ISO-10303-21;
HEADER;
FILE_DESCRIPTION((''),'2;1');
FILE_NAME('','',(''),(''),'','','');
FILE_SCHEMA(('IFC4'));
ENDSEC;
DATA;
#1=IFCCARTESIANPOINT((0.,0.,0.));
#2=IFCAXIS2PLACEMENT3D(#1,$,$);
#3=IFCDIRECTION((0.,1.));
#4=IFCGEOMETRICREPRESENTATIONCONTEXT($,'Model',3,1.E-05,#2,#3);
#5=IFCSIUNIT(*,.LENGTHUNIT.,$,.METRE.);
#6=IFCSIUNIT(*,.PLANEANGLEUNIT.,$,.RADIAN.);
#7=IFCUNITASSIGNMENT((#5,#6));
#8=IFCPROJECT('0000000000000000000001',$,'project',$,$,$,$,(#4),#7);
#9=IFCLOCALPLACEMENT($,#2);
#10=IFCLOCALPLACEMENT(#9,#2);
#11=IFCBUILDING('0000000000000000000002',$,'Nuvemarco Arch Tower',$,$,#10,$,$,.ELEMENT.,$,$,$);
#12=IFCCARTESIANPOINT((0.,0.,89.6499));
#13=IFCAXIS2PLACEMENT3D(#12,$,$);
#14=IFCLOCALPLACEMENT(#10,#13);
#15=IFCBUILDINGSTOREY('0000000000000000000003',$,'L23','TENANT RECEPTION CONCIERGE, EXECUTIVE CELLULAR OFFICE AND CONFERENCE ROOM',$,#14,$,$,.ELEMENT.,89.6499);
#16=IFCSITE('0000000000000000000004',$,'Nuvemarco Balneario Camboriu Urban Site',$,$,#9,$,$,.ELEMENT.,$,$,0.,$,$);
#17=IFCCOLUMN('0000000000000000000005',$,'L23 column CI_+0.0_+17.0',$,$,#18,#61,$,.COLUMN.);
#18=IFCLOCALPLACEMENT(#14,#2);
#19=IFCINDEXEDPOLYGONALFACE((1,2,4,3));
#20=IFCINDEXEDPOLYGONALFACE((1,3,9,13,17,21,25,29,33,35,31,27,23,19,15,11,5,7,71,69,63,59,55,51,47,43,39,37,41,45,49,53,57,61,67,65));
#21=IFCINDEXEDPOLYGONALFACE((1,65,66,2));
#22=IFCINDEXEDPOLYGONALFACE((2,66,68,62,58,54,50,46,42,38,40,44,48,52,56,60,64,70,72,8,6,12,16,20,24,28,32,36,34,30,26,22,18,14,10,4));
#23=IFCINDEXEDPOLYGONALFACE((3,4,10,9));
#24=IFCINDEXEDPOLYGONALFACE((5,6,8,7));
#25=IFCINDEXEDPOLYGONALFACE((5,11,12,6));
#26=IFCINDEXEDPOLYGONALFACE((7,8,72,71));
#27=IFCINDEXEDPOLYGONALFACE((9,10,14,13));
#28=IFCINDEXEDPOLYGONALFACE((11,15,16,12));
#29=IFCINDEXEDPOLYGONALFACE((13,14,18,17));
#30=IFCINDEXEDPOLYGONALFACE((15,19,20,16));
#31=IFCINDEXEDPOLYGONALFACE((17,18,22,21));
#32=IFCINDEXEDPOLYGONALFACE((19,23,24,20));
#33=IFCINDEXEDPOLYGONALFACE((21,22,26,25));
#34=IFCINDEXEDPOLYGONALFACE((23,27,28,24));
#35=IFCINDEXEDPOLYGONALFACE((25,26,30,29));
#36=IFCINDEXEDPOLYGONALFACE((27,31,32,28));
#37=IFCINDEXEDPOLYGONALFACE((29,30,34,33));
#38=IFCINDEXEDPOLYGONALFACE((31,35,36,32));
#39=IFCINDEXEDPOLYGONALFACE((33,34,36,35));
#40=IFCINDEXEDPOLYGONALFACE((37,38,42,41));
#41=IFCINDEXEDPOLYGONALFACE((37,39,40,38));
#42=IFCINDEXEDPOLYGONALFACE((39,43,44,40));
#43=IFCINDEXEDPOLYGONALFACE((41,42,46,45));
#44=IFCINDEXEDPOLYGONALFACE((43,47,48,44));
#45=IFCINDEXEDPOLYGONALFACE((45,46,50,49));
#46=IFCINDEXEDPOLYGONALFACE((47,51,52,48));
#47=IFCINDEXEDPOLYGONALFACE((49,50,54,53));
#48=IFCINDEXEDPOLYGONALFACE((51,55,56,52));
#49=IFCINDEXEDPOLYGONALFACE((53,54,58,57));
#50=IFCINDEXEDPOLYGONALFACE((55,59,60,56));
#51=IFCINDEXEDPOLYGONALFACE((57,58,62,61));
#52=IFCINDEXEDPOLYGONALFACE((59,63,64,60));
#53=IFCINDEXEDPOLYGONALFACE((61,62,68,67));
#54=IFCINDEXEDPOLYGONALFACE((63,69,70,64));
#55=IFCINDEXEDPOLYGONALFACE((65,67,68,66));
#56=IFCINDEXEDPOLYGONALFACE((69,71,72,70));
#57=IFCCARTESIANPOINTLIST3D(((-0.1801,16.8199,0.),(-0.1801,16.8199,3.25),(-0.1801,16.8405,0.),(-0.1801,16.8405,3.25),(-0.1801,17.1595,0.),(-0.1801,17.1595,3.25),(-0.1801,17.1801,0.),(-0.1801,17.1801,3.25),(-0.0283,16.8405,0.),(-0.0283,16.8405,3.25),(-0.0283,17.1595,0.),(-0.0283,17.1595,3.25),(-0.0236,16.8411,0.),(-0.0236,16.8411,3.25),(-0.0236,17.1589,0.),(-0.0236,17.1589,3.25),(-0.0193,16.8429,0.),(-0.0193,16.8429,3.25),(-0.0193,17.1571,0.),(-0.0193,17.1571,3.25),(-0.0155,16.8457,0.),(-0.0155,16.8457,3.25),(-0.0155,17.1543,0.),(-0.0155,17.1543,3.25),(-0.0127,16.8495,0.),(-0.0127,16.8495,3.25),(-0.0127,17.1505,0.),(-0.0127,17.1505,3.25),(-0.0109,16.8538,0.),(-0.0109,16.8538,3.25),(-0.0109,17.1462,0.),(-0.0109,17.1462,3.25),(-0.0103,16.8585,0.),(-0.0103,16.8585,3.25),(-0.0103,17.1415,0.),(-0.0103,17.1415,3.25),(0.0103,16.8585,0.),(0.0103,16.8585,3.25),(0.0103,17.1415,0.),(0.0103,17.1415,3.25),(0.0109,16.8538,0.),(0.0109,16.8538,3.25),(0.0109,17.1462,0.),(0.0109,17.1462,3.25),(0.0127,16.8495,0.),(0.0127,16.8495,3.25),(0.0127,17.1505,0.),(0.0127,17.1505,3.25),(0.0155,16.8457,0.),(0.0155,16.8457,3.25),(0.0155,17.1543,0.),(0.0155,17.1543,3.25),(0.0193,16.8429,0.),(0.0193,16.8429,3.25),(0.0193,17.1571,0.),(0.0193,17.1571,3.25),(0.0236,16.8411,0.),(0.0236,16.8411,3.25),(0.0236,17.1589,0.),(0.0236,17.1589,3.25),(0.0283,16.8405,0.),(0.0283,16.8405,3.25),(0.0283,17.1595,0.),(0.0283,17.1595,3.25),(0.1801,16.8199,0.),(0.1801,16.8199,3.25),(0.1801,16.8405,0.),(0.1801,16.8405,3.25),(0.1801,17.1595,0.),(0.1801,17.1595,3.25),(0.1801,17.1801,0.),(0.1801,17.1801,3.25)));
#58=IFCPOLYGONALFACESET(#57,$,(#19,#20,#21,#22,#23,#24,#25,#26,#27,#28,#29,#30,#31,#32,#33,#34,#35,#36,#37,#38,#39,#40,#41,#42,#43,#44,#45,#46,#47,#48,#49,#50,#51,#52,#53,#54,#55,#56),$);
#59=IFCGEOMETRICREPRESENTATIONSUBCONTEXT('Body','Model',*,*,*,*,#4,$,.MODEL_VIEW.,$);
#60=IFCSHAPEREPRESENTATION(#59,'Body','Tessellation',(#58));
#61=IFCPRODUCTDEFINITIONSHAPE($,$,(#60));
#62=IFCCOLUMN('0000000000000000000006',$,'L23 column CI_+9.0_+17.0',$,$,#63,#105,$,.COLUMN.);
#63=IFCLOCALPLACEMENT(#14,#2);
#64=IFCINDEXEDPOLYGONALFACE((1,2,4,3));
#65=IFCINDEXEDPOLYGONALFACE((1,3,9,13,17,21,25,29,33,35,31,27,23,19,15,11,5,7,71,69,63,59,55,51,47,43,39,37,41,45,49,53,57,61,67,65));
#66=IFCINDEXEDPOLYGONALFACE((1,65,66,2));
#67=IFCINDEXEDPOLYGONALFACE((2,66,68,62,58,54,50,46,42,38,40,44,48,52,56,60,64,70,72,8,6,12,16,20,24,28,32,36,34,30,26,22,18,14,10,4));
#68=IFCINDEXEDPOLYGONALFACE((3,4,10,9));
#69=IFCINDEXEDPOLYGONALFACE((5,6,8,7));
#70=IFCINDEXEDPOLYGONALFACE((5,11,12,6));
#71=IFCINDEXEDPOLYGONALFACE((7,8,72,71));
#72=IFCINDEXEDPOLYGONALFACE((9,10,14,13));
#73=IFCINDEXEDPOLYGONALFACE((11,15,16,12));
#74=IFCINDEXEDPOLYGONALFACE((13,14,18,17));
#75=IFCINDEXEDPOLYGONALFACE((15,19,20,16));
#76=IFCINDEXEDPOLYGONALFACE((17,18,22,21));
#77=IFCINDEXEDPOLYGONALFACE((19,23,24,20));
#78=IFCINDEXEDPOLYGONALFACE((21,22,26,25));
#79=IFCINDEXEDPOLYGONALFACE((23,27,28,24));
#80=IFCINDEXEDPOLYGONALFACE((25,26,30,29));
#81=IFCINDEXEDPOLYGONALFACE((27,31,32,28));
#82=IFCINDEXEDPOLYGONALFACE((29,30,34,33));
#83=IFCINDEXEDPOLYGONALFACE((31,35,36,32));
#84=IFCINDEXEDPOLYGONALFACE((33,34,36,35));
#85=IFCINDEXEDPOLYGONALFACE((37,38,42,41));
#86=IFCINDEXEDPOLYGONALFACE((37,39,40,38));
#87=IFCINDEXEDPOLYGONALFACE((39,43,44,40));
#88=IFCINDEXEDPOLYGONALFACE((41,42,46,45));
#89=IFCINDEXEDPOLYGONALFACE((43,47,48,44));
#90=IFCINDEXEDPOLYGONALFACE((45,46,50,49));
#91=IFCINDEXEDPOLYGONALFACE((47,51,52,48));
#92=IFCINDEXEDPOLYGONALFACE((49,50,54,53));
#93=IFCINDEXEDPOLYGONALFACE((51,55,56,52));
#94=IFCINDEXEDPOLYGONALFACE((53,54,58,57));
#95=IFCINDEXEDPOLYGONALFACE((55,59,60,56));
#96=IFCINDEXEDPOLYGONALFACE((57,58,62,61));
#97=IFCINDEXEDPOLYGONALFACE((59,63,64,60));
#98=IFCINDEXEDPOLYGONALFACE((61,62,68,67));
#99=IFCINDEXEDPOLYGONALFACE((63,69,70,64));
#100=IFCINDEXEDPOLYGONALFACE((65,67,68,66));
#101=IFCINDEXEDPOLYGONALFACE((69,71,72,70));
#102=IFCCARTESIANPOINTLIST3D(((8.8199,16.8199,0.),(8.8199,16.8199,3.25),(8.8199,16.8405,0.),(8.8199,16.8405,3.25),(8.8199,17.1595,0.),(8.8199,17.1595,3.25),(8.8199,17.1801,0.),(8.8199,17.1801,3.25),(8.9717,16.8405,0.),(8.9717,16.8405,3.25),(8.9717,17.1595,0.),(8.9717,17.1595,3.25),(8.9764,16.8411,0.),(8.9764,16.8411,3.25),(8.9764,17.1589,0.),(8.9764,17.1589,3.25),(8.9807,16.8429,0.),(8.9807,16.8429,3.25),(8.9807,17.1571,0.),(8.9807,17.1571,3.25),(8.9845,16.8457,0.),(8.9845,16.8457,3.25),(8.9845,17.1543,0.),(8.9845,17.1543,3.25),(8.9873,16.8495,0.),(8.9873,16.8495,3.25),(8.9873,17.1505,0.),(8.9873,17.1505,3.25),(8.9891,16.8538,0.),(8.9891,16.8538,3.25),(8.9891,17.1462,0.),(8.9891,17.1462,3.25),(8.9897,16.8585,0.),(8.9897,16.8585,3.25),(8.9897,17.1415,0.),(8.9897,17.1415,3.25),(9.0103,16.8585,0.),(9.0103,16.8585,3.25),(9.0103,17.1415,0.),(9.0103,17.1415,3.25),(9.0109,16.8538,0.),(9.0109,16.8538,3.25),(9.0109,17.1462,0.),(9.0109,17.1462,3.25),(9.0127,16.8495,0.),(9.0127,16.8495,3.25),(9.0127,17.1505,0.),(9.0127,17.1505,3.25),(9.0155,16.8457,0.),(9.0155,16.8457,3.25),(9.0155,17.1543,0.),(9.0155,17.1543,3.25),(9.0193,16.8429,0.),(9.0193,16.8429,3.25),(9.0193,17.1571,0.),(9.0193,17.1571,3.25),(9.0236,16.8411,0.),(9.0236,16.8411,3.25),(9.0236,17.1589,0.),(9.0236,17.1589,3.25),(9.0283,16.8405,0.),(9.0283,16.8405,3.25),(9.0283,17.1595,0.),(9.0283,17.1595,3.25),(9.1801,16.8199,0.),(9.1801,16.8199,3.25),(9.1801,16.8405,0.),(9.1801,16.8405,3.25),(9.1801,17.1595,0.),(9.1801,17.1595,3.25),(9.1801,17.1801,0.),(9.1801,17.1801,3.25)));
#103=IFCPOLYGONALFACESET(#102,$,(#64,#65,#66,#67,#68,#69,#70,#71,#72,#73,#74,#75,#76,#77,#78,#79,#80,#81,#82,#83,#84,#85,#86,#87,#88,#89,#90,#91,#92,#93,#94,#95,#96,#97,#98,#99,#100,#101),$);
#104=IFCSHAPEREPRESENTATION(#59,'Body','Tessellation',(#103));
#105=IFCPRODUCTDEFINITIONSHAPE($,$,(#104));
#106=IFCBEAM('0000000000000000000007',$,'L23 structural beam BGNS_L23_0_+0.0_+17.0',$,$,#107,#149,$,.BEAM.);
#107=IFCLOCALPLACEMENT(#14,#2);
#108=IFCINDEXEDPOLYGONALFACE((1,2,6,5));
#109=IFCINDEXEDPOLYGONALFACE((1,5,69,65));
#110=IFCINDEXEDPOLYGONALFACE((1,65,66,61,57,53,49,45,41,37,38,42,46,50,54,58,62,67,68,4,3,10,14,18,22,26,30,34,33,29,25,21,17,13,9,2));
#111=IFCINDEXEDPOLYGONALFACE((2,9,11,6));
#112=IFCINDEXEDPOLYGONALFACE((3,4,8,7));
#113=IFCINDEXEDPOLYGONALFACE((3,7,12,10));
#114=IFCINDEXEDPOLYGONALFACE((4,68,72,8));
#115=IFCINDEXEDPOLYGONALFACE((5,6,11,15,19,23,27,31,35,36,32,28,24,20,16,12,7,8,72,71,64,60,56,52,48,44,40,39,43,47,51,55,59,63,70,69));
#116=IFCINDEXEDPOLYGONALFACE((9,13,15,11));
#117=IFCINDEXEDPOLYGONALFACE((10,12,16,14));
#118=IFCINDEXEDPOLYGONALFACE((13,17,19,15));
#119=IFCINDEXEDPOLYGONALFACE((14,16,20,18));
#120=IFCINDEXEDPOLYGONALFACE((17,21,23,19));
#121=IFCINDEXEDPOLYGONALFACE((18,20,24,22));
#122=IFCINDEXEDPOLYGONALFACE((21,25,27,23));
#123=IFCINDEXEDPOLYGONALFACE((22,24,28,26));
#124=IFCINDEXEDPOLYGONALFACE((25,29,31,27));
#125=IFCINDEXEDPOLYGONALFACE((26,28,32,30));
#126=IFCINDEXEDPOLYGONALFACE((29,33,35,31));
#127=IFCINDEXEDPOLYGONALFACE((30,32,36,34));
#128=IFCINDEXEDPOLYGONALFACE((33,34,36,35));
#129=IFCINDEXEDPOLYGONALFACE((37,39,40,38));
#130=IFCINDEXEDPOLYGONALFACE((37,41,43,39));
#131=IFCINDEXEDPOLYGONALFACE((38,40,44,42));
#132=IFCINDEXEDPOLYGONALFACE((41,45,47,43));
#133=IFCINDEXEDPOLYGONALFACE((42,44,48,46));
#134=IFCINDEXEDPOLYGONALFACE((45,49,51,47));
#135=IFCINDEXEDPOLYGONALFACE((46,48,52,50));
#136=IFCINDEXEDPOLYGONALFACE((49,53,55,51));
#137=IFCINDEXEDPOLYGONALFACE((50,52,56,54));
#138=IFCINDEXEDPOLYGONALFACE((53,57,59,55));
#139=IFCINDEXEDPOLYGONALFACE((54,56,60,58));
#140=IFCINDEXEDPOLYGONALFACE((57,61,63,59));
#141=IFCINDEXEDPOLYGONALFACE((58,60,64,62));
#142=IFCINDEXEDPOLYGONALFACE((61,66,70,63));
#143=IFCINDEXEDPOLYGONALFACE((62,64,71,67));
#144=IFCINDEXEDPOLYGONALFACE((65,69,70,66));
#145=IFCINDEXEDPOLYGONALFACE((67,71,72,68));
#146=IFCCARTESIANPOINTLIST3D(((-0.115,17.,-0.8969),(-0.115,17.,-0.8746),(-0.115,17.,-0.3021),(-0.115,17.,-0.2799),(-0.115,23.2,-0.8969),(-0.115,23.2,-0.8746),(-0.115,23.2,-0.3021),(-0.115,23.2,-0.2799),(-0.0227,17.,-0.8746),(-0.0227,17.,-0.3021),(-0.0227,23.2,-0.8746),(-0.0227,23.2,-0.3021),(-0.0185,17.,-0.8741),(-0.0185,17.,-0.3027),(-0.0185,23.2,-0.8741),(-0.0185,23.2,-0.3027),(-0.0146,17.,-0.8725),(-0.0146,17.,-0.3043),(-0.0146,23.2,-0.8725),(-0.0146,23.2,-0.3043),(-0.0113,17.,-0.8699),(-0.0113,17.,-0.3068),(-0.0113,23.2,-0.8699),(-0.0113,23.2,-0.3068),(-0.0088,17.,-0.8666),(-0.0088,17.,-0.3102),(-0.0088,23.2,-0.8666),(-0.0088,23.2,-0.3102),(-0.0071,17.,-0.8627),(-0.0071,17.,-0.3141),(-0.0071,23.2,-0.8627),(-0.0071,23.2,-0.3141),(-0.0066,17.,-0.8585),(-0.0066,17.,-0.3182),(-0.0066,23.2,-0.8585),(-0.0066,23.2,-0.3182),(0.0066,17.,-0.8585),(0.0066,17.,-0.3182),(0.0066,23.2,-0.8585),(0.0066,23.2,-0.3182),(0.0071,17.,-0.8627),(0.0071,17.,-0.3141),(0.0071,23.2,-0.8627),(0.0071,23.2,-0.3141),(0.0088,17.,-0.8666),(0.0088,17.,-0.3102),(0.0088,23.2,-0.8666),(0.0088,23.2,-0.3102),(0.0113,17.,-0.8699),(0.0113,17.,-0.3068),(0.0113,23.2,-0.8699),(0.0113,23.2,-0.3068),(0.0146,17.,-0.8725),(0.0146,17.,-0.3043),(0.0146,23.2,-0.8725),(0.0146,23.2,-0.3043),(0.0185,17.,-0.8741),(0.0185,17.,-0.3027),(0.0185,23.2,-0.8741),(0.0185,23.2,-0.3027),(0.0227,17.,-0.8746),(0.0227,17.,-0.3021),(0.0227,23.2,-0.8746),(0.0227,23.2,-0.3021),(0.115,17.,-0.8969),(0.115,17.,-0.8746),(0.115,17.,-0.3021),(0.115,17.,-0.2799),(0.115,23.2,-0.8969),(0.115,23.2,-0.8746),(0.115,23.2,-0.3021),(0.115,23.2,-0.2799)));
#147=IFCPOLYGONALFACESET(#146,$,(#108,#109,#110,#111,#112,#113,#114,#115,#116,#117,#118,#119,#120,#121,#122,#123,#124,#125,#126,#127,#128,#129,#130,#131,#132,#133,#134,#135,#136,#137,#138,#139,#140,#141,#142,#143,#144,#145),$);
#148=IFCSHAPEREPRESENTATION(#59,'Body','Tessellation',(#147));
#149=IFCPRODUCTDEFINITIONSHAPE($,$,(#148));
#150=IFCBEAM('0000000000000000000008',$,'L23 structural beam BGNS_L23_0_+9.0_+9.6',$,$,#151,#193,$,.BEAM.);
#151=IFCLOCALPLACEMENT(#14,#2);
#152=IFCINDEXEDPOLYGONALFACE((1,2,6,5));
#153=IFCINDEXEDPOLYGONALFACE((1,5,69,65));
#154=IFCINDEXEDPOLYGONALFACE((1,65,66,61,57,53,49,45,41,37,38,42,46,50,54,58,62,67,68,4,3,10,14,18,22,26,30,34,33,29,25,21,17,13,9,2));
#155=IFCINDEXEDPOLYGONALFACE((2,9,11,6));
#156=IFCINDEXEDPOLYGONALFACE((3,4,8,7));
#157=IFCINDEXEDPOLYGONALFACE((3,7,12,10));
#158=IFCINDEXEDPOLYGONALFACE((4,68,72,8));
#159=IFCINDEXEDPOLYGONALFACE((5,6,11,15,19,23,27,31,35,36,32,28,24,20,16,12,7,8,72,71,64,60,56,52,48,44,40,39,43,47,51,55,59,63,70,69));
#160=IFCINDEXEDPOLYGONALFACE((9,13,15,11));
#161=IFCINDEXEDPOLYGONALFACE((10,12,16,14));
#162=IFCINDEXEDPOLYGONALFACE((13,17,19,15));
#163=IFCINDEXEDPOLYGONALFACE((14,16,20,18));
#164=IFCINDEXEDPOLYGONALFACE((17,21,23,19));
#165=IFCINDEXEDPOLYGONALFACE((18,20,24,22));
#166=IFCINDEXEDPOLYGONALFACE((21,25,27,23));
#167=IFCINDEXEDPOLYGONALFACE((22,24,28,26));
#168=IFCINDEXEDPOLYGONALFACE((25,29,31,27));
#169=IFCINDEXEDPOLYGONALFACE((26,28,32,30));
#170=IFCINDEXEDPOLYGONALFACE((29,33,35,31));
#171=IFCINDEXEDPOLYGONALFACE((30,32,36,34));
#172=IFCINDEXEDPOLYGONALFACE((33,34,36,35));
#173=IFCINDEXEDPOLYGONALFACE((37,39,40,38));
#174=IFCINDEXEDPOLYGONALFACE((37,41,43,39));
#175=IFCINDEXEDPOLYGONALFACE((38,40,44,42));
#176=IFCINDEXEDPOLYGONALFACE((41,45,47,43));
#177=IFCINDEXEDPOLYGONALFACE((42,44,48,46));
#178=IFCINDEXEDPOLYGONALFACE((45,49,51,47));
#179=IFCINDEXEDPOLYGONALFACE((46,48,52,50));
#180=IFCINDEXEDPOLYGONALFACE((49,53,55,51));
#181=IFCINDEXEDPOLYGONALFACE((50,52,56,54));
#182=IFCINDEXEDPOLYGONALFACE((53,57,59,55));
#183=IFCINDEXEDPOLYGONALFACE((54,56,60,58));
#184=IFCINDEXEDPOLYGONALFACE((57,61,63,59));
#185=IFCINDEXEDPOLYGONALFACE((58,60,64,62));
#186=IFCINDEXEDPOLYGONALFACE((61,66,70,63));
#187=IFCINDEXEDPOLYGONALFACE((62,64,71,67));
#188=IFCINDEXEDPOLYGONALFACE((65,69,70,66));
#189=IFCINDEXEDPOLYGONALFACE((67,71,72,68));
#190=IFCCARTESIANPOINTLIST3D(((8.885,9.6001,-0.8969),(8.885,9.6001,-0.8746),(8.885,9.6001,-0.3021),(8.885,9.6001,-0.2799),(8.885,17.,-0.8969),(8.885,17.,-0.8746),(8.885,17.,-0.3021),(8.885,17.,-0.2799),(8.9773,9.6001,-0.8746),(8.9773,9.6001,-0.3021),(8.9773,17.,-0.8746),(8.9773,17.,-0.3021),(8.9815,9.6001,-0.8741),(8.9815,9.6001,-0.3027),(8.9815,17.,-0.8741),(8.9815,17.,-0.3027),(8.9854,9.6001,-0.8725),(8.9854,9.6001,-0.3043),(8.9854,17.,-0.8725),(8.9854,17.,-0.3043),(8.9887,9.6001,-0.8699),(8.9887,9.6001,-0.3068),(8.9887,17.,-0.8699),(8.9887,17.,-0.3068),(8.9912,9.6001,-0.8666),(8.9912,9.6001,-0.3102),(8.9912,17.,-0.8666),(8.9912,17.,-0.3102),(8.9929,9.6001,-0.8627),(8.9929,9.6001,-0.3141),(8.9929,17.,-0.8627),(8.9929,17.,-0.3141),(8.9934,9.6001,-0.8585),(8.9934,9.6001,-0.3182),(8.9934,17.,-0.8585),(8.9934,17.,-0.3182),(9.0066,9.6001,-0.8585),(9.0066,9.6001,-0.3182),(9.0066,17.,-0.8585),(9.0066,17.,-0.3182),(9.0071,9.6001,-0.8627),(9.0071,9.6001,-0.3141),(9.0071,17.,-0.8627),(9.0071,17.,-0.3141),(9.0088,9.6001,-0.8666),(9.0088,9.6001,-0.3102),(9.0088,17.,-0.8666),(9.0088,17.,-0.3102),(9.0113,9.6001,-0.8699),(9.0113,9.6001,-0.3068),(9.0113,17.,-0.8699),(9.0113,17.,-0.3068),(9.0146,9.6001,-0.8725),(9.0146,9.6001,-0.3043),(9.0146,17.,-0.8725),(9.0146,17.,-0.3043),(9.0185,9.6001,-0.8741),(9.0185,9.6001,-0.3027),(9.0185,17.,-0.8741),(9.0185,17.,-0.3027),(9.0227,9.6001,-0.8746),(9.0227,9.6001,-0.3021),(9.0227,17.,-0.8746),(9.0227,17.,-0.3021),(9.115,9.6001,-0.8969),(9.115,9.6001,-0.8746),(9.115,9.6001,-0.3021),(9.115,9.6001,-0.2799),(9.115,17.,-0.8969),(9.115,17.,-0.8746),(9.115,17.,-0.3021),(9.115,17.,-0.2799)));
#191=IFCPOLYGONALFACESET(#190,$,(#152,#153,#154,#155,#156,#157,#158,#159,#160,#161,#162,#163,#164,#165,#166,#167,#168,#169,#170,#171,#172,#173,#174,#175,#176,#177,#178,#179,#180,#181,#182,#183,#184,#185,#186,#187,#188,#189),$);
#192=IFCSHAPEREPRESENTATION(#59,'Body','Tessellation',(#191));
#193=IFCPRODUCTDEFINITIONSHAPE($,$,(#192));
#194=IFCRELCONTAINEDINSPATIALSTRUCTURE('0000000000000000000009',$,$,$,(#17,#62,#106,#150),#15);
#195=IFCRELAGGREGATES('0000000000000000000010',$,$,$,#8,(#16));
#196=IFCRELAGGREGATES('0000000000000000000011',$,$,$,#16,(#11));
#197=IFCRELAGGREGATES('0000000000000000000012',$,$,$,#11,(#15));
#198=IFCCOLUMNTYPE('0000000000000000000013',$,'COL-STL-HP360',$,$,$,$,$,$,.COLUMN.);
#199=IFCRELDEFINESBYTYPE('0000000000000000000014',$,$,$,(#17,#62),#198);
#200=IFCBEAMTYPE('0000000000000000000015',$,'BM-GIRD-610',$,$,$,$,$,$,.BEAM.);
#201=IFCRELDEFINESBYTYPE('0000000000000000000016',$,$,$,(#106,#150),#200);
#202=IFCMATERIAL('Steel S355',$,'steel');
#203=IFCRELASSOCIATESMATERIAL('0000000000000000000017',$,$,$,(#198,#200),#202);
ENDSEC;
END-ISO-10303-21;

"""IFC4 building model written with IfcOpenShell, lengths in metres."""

from ifc_helpers import new_model, si_unit, direction, frame, origin, origin_2d, place, context, subcontext, project, spatial, i_section, extrude, material, material_profile, profile_set, type_object, element, save


model = new_model("IFC4")

# Units and contexts
model_context = context("Model", 3, precision=1e-05, world=origin(), true_north=direction((0.0, 1.0)))
body_context = subcontext(model_context, "Body", "Model", "MODEL_VIEW")
ifc_project = project(units=[si_unit("LENGTHUNIT", "METRE"), si_unit("PLANEANGLEUNIT", "RADIAN")], contexts=[model_context])

# Site, building, storey
site_placement = place(None, origin())
site = spatial("IfcSite", under=ifc_project, at=site_placement, Name="Nuvemarco Balneario Camboriu Urban Site", CompositionType="ELEMENT", RefElevation=0.0)
building_placement = place(site_placement, origin())
building = spatial("IfcBuilding", under=site, at=building_placement, Name="Nuvemarco Arch Tower", CompositionType="ELEMENT")
storey_placement = place(building_placement, frame((0.0, 0.0, 89.6499)))
storey = spatial("IfcBuildingStorey", under=building, at=storey_placement, Name="L23", Description="TENANT RECEPTION CONCIERGE, EXECUTIVE CELLULAR OFFICE AND CONFERENCE ROOM", CompositionType="ELEMENT", Elevation=89.6499)

# Columns
ifc_material_1 = material(Name="Steel S355", Category="steel")
ifc_material_profile_1 = material_profile(ifc_material_1, i_section(OverallWidth=0.3601, OverallDepth=0.3601, WebThickness=0.0205, FlangeThickness=0.0205, FilletRadius=0.0181, at=origin_2d()), Name="HP360x174")
ifc_profile_set_1 = profile_set([ifc_material_profile_1], Name="Steel S355")
column_type_1 = type_object("IfcColumnType", Name="COL-STL-HP360", PredefinedType="COLUMN", material=ifc_profile_set_1)
for number, where, z_axis, x_axis, name in (
    (1, (0.0, 17.0, 0.0), (0.0, 0.0, 1.0), (1.0, 0.0, 0.0), "L23 column CI_+0.0_+17.0"),
    (2, (9.0, 17.0, 0.0), (0.0, 0.0, 1.0), (1.0, 0.0, 0.0), "L23 column CI_+9.0_+17.0"),
):
    element("IfcColumn", number, at=place(storey_placement, frame(where, z_axis=z_axis, x_axis=x_axis)), inside=storey, type_object=column_type_1, Name=name, PredefinedType="COLUMN", context=body_context, shape_type="SweptSolid", body=[
        extrude(i_section(OverallWidth=0.3601, OverallDepth=0.3601, WebThickness=0.0205, FlangeThickness=0.0205, FilletRadius=0.0181, at=origin_2d()), origin(), (0.0, 0.0, 1.0), 3.25),
    ])

# Beams
ifc_material_profile_2 = material_profile(ifc_material_1, i_section(OverallWidth=0.23, OverallDepth=0.6169, WebThickness=0.0132, FlangeThickness=0.0222, FilletRadius=0.0161, at=origin_2d()), Name="W610x140")
ifc_profile_set_2 = profile_set([ifc_material_profile_2], Name="Steel S355")
beam_type_1 = type_object("IfcBeamType", Name="BM-GIRD-610", PredefinedType="BEAM", material=ifc_profile_set_2)
beam_1_placement = place(storey_placement, frame((0.0, 17.0, -0.5884), z_axis=(0.0, 1.0, 0.0), x_axis=(-1.0, 0.0, 0.0)))
element("IfcBeam", 3, at=beam_1_placement, inside=storey, type_object=beam_type_1, Name="L23 structural beam BGNS_L23_0_+0.0_+17.0", PredefinedType="BEAM", context=body_context, shape_type="SweptSolid", body=[
    extrude(i_section(OverallWidth=0.23, OverallDepth=0.6169, WebThickness=0.0132, FlangeThickness=0.0222, FilletRadius=0.0161, at=origin_2d()), origin(), (0.0, 0.0, 1.0), 6.2),
])
beam_2_placement = place(storey_placement, frame((9.0, 9.6001, -0.5884), z_axis=(0.0, 1.0, 0.0), x_axis=(-1.0, 0.0, 0.0)))
element("IfcBeam", 4, at=beam_2_placement, inside=storey, type_object=beam_type_1, Name="L23 structural beam BGNS_L23_0_+9.0_+9.6", PredefinedType="BEAM", context=body_context, shape_type="SweptSolid", body=[
    extrude(i_section(OverallWidth=0.23, OverallDepth=0.6169, WebThickness=0.0132, FlangeThickness=0.0222, FilletRadius=0.0161, at=origin_2d()), origin(), (0.0, 0.0, 1.0), 7.3999),
])

save(model, "model.ifc")
